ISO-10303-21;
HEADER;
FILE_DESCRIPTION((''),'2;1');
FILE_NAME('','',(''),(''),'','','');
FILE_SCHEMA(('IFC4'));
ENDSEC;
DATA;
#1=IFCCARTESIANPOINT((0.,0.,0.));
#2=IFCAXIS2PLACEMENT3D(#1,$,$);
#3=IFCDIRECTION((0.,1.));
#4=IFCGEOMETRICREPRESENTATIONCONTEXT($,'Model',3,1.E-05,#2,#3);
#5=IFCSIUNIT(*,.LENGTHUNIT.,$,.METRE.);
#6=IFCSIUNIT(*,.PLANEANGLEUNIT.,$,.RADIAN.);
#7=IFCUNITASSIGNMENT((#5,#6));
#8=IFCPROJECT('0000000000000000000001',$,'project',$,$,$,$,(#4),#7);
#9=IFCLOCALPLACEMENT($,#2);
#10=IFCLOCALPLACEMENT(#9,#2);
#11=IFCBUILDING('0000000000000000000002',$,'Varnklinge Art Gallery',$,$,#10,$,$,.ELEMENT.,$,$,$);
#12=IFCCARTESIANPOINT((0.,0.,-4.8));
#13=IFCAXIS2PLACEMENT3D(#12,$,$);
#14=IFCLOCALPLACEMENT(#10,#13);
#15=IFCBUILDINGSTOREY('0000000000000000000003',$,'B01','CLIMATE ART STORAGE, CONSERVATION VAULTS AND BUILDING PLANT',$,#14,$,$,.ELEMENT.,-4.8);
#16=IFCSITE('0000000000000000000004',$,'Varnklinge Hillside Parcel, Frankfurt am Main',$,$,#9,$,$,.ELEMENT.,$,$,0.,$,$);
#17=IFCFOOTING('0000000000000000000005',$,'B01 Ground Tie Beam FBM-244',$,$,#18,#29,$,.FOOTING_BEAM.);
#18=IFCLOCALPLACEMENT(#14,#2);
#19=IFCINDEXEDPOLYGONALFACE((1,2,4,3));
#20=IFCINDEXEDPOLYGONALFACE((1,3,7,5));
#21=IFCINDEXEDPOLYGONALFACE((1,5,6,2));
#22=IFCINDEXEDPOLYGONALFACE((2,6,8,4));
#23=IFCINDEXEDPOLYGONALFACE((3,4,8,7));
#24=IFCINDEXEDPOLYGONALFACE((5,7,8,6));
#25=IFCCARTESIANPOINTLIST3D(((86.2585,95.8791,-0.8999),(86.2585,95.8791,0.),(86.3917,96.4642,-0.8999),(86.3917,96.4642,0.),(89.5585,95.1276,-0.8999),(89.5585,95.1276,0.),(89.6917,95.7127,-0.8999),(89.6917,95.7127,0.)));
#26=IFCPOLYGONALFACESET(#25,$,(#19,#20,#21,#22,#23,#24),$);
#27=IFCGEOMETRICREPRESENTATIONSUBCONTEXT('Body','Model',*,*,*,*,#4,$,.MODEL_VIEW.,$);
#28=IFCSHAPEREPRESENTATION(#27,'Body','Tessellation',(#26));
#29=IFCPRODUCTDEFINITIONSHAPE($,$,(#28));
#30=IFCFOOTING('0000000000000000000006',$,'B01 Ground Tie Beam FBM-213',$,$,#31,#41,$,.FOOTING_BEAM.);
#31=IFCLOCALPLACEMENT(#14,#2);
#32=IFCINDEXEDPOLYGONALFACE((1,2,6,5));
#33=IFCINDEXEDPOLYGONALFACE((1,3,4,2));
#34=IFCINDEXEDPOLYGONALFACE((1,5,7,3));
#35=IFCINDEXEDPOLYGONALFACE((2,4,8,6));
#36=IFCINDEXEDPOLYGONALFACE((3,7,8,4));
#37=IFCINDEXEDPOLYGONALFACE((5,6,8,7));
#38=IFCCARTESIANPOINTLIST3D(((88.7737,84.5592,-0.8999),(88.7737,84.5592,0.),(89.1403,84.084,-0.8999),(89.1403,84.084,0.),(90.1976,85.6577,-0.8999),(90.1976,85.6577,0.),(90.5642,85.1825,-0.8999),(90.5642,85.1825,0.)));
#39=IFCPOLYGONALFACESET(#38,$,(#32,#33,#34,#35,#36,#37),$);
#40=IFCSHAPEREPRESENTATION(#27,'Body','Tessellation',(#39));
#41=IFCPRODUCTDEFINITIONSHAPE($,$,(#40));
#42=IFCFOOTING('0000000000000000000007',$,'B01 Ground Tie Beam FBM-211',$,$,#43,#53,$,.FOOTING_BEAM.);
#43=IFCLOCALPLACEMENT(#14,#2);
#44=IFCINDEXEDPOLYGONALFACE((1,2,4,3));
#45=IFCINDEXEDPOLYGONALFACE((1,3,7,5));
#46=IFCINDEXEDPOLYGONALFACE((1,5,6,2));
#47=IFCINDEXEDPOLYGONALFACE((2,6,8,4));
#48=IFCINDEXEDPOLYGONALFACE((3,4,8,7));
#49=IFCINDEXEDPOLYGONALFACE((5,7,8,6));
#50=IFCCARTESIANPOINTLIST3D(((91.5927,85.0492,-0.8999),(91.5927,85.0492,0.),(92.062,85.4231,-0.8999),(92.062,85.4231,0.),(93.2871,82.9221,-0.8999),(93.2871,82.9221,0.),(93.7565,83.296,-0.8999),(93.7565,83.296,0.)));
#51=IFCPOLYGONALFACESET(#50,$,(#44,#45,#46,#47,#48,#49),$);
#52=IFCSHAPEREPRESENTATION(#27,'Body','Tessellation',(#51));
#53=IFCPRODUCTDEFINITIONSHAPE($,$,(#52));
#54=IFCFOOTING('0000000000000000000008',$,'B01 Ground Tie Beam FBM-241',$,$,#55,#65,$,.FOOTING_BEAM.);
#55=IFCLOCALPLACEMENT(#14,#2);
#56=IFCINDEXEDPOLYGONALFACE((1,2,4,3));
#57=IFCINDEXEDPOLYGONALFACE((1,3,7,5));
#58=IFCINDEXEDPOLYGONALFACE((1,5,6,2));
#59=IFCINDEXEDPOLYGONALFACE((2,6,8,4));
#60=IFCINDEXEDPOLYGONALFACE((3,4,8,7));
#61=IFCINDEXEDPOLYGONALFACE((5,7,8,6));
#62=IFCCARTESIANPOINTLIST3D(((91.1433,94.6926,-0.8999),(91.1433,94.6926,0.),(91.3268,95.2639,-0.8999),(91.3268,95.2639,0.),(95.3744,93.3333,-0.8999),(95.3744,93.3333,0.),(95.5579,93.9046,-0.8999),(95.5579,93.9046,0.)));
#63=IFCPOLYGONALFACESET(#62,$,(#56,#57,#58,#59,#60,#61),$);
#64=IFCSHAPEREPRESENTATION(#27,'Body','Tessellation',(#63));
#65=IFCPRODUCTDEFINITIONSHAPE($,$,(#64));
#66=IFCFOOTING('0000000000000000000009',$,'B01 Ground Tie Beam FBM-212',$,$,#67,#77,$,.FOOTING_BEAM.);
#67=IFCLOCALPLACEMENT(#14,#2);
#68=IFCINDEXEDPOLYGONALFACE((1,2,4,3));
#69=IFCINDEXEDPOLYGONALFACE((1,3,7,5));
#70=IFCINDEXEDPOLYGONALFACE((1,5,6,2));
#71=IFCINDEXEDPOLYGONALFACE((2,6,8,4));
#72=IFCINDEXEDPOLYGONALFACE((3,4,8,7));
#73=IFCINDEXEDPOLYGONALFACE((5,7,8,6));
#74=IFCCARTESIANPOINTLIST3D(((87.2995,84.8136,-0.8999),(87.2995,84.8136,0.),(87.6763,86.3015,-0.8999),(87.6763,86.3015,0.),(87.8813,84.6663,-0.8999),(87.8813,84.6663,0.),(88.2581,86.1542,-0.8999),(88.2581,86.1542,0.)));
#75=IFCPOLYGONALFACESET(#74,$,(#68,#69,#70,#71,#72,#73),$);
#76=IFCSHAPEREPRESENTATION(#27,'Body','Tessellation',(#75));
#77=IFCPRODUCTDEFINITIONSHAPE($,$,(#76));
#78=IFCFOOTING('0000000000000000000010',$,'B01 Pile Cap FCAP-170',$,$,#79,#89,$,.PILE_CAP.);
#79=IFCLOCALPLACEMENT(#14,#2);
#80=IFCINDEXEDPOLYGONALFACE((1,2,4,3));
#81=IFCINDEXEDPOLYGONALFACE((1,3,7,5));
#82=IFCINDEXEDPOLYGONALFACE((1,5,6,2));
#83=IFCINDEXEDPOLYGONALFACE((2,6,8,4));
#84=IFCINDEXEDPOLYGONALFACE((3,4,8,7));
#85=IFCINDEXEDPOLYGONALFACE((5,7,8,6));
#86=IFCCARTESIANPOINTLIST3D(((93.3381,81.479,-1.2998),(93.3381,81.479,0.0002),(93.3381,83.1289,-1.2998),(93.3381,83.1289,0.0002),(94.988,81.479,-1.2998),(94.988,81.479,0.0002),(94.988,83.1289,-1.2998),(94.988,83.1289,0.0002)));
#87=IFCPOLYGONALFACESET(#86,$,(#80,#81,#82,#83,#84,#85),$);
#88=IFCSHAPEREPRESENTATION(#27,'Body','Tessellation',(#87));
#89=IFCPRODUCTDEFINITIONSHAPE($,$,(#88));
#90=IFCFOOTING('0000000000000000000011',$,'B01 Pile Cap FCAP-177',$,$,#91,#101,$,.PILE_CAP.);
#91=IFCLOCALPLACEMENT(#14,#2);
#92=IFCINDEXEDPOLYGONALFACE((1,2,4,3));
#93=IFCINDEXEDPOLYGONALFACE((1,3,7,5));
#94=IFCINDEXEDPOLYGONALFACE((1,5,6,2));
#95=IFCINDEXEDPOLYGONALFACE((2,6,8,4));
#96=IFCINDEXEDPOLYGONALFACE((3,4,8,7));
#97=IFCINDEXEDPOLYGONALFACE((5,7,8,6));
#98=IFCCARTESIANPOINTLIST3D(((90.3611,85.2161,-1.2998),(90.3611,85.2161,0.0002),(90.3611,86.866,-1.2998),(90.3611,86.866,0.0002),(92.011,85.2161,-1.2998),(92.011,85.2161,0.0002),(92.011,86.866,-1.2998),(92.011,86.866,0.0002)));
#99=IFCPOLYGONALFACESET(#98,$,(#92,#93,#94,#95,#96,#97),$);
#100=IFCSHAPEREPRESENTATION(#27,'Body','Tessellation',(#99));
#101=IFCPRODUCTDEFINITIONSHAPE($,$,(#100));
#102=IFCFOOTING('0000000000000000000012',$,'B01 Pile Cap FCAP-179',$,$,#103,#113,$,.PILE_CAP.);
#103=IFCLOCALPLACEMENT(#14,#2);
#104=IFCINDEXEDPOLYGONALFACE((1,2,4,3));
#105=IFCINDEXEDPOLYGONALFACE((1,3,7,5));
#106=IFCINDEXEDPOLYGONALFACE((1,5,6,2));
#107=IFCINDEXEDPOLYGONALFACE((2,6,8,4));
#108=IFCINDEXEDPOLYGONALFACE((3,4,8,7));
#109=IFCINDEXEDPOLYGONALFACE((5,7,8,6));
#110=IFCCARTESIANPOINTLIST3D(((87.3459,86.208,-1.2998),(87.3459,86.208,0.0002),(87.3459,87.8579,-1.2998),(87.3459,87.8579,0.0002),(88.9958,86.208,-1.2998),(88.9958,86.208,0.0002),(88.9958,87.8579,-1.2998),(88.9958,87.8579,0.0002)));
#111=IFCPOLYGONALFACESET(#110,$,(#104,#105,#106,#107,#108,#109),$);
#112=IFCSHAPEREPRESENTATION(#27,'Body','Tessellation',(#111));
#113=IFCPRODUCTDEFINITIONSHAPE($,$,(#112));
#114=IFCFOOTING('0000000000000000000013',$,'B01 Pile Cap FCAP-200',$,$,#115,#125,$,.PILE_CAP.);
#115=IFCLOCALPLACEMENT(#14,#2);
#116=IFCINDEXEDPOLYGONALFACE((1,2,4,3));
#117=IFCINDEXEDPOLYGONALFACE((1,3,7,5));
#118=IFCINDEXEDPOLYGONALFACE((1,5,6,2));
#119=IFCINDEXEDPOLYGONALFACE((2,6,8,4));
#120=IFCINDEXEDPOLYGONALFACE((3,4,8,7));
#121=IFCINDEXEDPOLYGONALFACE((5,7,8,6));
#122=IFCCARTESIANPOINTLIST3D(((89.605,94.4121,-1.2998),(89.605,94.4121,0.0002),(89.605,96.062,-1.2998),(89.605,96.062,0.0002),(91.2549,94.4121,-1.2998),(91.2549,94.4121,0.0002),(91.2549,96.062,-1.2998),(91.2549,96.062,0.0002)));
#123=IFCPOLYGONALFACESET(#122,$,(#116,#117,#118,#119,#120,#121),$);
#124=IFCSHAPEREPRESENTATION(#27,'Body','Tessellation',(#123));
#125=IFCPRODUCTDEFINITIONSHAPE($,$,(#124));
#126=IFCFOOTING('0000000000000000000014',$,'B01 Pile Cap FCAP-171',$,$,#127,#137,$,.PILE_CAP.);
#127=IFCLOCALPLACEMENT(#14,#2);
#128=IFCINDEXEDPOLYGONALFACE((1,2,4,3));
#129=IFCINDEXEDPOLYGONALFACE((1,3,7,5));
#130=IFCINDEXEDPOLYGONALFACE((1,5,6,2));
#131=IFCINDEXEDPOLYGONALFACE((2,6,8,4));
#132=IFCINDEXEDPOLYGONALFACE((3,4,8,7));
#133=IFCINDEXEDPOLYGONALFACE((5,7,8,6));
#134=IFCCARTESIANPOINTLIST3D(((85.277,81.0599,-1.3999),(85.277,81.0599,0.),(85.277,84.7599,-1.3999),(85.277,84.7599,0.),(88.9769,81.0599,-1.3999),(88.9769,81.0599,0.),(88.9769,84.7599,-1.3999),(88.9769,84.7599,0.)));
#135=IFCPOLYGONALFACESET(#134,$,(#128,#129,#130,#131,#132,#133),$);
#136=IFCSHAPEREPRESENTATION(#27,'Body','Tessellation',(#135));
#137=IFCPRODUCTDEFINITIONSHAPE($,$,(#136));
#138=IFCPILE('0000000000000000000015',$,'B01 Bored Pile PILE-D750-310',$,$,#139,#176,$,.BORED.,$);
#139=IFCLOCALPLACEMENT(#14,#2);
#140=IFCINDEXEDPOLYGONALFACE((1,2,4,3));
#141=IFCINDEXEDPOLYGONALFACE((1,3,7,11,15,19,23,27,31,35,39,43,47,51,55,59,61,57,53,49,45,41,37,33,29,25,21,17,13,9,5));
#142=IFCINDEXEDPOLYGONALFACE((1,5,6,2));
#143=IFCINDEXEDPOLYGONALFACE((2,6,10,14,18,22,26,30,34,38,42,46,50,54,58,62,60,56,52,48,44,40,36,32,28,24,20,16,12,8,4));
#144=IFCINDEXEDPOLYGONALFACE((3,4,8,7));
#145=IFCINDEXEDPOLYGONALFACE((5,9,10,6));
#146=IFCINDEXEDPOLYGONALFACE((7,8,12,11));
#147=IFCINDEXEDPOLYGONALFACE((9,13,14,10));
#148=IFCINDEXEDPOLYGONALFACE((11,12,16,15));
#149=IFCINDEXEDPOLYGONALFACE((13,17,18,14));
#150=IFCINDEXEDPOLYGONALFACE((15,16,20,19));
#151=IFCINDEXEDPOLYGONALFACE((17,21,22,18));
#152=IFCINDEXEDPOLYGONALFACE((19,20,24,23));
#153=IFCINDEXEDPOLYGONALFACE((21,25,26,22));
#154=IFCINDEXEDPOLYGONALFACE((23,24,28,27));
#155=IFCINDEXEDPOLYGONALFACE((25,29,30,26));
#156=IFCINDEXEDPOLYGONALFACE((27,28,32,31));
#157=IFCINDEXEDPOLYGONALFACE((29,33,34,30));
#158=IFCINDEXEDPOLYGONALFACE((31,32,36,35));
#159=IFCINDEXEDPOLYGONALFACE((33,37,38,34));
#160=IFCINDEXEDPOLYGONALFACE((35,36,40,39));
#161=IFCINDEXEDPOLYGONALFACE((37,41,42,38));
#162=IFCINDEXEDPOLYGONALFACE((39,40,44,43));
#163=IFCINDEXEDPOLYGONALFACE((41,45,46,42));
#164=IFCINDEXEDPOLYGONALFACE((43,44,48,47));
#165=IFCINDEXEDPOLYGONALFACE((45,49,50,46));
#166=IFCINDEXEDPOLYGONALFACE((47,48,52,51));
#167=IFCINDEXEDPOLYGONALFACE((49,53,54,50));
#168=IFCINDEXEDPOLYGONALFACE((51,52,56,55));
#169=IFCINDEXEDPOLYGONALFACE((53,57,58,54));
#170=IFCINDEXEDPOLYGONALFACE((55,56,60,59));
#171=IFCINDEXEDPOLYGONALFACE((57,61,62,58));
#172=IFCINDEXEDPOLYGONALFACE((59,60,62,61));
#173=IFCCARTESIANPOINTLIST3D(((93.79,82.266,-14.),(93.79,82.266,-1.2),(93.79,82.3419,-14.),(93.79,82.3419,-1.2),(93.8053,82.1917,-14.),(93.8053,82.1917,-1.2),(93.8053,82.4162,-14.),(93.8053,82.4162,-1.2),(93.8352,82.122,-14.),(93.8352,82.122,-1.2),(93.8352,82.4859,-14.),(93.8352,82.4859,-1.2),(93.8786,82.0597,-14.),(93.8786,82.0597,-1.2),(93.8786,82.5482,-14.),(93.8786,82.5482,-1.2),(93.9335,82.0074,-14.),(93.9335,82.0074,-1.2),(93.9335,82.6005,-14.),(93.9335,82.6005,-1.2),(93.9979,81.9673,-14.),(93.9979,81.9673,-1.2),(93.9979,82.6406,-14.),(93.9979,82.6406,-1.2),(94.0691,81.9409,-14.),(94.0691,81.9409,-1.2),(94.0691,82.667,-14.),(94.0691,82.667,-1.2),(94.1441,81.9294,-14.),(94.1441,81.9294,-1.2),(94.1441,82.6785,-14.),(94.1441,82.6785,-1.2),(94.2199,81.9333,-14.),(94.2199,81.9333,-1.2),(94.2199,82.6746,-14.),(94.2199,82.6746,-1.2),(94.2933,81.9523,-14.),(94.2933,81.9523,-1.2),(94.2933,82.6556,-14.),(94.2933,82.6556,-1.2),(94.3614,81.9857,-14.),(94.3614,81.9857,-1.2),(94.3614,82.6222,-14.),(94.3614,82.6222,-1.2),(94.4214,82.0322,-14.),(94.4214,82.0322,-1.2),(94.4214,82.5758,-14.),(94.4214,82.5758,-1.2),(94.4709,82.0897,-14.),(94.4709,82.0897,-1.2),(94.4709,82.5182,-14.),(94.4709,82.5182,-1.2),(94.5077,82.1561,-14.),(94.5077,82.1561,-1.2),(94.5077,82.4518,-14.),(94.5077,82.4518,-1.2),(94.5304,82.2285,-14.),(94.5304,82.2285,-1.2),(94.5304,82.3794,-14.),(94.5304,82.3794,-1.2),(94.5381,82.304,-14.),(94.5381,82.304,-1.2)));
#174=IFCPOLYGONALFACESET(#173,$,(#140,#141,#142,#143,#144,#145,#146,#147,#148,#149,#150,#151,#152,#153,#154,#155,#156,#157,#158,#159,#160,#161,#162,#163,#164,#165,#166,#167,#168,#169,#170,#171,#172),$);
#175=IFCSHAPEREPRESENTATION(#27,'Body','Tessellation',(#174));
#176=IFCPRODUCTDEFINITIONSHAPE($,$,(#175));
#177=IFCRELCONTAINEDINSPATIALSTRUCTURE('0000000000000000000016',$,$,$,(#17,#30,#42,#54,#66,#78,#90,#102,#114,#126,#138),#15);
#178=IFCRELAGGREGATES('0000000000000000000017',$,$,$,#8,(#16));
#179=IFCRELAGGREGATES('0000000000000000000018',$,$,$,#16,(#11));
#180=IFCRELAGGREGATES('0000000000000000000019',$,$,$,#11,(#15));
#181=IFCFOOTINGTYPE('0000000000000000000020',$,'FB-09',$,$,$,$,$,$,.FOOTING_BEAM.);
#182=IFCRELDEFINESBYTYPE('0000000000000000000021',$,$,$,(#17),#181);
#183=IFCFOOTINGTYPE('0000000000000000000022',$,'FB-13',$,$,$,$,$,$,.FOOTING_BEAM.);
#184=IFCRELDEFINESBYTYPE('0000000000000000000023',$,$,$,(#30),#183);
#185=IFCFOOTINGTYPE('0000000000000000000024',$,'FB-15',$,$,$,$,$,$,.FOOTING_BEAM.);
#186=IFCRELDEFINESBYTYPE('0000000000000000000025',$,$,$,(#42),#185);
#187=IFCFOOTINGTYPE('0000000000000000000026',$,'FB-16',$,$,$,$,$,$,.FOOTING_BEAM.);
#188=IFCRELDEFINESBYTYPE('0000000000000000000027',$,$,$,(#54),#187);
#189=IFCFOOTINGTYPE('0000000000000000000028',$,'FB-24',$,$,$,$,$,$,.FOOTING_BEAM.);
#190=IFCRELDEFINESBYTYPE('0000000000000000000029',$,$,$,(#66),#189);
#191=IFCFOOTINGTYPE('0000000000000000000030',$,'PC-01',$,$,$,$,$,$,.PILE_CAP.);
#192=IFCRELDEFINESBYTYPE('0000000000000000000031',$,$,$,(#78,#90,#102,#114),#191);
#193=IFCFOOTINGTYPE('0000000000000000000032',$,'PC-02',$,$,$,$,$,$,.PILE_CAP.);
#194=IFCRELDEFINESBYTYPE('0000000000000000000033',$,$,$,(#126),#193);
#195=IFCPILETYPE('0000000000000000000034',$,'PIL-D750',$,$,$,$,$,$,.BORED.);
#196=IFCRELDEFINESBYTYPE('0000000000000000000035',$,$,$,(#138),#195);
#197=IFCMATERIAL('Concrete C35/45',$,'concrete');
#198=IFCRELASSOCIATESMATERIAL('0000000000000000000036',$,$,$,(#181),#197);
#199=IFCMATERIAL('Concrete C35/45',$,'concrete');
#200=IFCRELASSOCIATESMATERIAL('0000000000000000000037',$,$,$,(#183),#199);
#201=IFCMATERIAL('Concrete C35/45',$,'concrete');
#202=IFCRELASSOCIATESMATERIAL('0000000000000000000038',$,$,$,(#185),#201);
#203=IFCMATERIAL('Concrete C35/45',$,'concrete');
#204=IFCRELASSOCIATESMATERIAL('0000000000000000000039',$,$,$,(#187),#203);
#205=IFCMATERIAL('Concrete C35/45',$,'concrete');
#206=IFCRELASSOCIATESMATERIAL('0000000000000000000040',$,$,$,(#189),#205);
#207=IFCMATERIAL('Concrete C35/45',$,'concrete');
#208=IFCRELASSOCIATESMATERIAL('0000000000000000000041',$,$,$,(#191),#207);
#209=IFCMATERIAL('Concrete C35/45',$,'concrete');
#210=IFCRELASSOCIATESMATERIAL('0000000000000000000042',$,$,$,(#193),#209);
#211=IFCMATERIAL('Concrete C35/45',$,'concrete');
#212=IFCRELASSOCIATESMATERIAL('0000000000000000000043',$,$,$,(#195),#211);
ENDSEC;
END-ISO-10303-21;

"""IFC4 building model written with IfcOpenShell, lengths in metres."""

from ifc_helpers import new_model, si_unit, direction, frame, origin, origin_2d, place, context, subcontext, project, spatial, rectangle, circle, extrude, material, material_profile, profile_set, type_object, element, save


model = new_model("IFC4")

# Units and contexts
model_context = context("Model", 3, precision=1e-05, world=origin(), true_north=direction((0.0, 1.0)))
body_context = subcontext(model_context, "Body", "Model", "MODEL_VIEW")
ifc_project = project(units=[si_unit("LENGTHUNIT", "METRE"), si_unit("PLANEANGLEUNIT", "RADIAN")], contexts=[model_context])

# Site, building, storey
site_placement = place(None, origin())
site = spatial("IfcSite", under=ifc_project, at=site_placement, Name="Varnklinge Hillside Parcel, Frankfurt am Main", CompositionType="ELEMENT", RefElevation=0.0)
building_placement = place(site_placement, origin())
building = spatial("IfcBuilding", under=site, at=building_placement, Name="Varnklinge Art Gallery", CompositionType="ELEMENT")
storey_placement = place(building_placement, frame((0.0, 0.0, -4.8)))
storey = spatial("IfcBuildingStorey", under=building, at=storey_placement, Name="B01", Description="CLIMATE ART STORAGE, CONSERVATION VAULTS AND BUILDING PLANT", CompositionType="ELEMENT", Elevation=-4.8)

# Footings
ifc_material_1 = material(Name="Concrete C35/45", Category="concrete")
footing_type_1 = type_object("IfcFootingType", Name="FB-09", PredefinedType="FOOTING_BEAM", material=ifc_material_1)
footing_1_placement = place(storey_placement, frame((87.9751, 95.7959, -0.8999), z_axis=(0.0, 0.0, 1.0), x_axis=(-0.975033, 0.222059, 0.0)))
element("IfcFooting", 1, at=footing_1_placement, inside=storey, type_object=footing_type_1, Name="B01 Ground Tie Beam FBM-244", PredefinedType="FOOTING_BEAM", context=body_context, shape_type="SweptSolid", body=[
    extrude(rectangle(XDim=3.3845, YDim=0.6001, at=origin_2d()), origin(), (0.0, 0.0, 1.0), 0.8999),
])
ifc_material_2 = material(Name="Concrete C35/45", Category="concrete")
footing_type_2 = type_object("IfcFootingType", Name="FB-13", PredefinedType="FOOTING_BEAM", material=ifc_material_2)
footing_2_placement = place(storey_placement, frame((89.6689, 84.8708, -0.8999), z_axis=(0.0, 0.0, 1.0), x_axis=(0.791757, 0.610836, 0.0)))
element("IfcFooting", 2, at=footing_2_placement, inside=storey, type_object=footing_type_2, Name="B01 Ground Tie Beam FBM-213", PredefinedType="FOOTING_BEAM", context=body_context, shape_type="SweptSolid", body=[
    extrude(rectangle(XDim=1.7983, YDim=0.6001, at=origin_2d()), origin(), (0.0, 0.0, 1.0), 0.8999),
])
ifc_material_3 = material(Name="Concrete C35/45", Category="concrete")
footing_type_3 = type_object("IfcFootingType", Name="FB-15", PredefinedType="FOOTING_BEAM", material=ifc_material_3)
footing_3_placement = place(storey_placement, frame((92.6746, 84.1726, -0.8999), z_axis=(0.0, 0.0, 1.0), x_axis=(-0.623061, 0.782173, 0.0)))
element("IfcFooting", 3, at=footing_3_placement, inside=storey, type_object=footing_type_3, Name="B01 Ground Tie Beam FBM-211", PredefinedType="FOOTING_BEAM", context=body_context, shape_type="SweptSolid", body=[
    extrude(rectangle(XDim=2.7195, YDim=0.6001, at=origin_2d()), origin(), (0.0, 0.0, 1.0), 0.8999),
])
ifc_material_4 = material(Name="Concrete C35/45", Category="concrete")
footing_type_4 = type_object("IfcFootingType", Name="FB-16", PredefinedType="FOOTING_BEAM", material=ifc_material_4)
footing_4_placement = place(storey_placement, frame((93.3506, 94.2986, -0.8999), z_axis=(0.0, 0.0, 1.0), x_axis=(-0.952076, 0.305861, 0.0)))
element("IfcFooting", 4, at=footing_4_placement, inside=storey, type_object=footing_type_4, Name="B01 Ground Tie Beam FBM-241", PredefinedType="FOOTING_BEAM", context=body_context, shape_type="SweptSolid", body=[
    extrude(rectangle(XDim=4.4441, YDim=0.6001, at=origin_2d()), origin(), (0.0, 0.0, 1.0), 0.8999),
])
ifc_material_5 = material(Name="Concrete C35/45", Category="concrete")
footing_type_5 = type_object("IfcFootingType", Name="FB-24", PredefinedType="FOOTING_BEAM", material=ifc_material_5)
footing_5_placement = place(storey_placement, frame((87.7788, 85.4839, -0.8999), z_axis=(0.0, 0.0, 1.0), x_axis=(0.245477, 0.969403, 0.0)))
element("IfcFooting", 5, at=footing_5_placement, inside=storey, type_object=footing_type_5, Name="B01 Ground Tie Beam FBM-212", PredefinedType="FOOTING_BEAM", context=body_context, shape_type="SweptSolid", body=[
    extrude(rectangle(XDim=1.5349, YDim=0.6001, at=origin_2d()), origin(), (0.0, 0.0, 1.0), 0.8999),
])
ifc_material_6 = material(Name="Concrete C35/45", Category="concrete")
footing_type_6 = type_object("IfcFootingType", Name="PC-01", PredefinedType="PILE_CAP", material=ifc_material_6)
for number, where, z_axis, x_axis, name in (
    (6, (94.1631, 82.304, -1.2998), (0.0, 0.0, 1.0), (1.0, 0.0, 0.0), "B01 Pile Cap FCAP-170"),
    (7, (91.186, 86.041, -1.2998), (0.0, 0.0, 1.0), (1.0, 0.0, 0.0), "B01 Pile Cap FCAP-177"),
    (8, (88.1709, 87.033, -1.2998), (0.0, 0.0, 1.0), (1.0, 0.0, 0.0), "B01 Pile Cap FCAP-179"),
    (9, (90.4299, 95.2371, -1.2998), (0.0, 0.0, 1.0), (1.0, 0.0, 0.0), "B01 Pile Cap FCAP-200"),
):
    element("IfcFooting", number, at=place(storey_placement, frame(where, z_axis=z_axis, x_axis=x_axis)), inside=storey, type_object=footing_type_6, Name=name, PredefinedType="PILE_CAP", context=body_context, shape_type="SweptSolid", body=[
        extrude(rectangle(XDim=1.6499, YDim=1.6499, at=origin_2d()), origin(), (0.0, 0.0, 1.0), 1.3),
    ])
ifc_material_7 = material(Name="Concrete C35/45", Category="concrete")
footing_type_7 = type_object("IfcFootingType", Name="PC-02", PredefinedType="PILE_CAP", material=ifc_material_7)
footing_6_placement = place(storey_placement, frame((87.127, 82.9099, -1.3999), z_axis=(0.0, 0.0, 1.0), x_axis=(1.0, 0.0, 0.0)))
element("IfcFooting", 10, at=footing_6_placement, inside=storey, type_object=footing_type_7, Name="B01 Pile Cap FCAP-171", PredefinedType="PILE_CAP", context=body_context, shape_type="SweptSolid", body=[
    extrude(rectangle(XDim=3.7, YDim=3.7, at=origin_2d()), origin(), (0.0, 0.0, 1.0), 1.3999),
])

# Pile
ifc_material_8 = material(Name="Concrete C35/45", Category="concrete")
ifc_material_profile_1 = material_profile(ifc_material_8, circle(Radius=0.375, at=origin_2d()), Name="PILE D750")
ifc_profile_set_1 = profile_set([ifc_material_profile_1], Name="Concrete C35/45")
pile_type_1 = type_object("IfcPileType", Name="PIL-D750", PredefinedType="BORED", material=ifc_profile_set_1)
for number, where, z_axis, x_axis, name in (
    (11, (94.1631, 82.304, -1.2), (0.0, 0.0, -1.0), (1.0, 0.0, 0.0), "B01 Bored Pile PILE-D750-310"),
):
    element("IfcPile", number, at=place(storey_placement, frame(where, z_axis=z_axis, x_axis=x_axis)), inside=storey, type_object=pile_type_1, Name=name, PredefinedType="BORED", context=body_context, shape_type="SweptSolid", body=[
        extrude(circle(Radius=0.375, at=origin_2d()), origin(), (0.0, 0.0, 1.0), 12.8),
    ])

save(model, "model.ifc")
